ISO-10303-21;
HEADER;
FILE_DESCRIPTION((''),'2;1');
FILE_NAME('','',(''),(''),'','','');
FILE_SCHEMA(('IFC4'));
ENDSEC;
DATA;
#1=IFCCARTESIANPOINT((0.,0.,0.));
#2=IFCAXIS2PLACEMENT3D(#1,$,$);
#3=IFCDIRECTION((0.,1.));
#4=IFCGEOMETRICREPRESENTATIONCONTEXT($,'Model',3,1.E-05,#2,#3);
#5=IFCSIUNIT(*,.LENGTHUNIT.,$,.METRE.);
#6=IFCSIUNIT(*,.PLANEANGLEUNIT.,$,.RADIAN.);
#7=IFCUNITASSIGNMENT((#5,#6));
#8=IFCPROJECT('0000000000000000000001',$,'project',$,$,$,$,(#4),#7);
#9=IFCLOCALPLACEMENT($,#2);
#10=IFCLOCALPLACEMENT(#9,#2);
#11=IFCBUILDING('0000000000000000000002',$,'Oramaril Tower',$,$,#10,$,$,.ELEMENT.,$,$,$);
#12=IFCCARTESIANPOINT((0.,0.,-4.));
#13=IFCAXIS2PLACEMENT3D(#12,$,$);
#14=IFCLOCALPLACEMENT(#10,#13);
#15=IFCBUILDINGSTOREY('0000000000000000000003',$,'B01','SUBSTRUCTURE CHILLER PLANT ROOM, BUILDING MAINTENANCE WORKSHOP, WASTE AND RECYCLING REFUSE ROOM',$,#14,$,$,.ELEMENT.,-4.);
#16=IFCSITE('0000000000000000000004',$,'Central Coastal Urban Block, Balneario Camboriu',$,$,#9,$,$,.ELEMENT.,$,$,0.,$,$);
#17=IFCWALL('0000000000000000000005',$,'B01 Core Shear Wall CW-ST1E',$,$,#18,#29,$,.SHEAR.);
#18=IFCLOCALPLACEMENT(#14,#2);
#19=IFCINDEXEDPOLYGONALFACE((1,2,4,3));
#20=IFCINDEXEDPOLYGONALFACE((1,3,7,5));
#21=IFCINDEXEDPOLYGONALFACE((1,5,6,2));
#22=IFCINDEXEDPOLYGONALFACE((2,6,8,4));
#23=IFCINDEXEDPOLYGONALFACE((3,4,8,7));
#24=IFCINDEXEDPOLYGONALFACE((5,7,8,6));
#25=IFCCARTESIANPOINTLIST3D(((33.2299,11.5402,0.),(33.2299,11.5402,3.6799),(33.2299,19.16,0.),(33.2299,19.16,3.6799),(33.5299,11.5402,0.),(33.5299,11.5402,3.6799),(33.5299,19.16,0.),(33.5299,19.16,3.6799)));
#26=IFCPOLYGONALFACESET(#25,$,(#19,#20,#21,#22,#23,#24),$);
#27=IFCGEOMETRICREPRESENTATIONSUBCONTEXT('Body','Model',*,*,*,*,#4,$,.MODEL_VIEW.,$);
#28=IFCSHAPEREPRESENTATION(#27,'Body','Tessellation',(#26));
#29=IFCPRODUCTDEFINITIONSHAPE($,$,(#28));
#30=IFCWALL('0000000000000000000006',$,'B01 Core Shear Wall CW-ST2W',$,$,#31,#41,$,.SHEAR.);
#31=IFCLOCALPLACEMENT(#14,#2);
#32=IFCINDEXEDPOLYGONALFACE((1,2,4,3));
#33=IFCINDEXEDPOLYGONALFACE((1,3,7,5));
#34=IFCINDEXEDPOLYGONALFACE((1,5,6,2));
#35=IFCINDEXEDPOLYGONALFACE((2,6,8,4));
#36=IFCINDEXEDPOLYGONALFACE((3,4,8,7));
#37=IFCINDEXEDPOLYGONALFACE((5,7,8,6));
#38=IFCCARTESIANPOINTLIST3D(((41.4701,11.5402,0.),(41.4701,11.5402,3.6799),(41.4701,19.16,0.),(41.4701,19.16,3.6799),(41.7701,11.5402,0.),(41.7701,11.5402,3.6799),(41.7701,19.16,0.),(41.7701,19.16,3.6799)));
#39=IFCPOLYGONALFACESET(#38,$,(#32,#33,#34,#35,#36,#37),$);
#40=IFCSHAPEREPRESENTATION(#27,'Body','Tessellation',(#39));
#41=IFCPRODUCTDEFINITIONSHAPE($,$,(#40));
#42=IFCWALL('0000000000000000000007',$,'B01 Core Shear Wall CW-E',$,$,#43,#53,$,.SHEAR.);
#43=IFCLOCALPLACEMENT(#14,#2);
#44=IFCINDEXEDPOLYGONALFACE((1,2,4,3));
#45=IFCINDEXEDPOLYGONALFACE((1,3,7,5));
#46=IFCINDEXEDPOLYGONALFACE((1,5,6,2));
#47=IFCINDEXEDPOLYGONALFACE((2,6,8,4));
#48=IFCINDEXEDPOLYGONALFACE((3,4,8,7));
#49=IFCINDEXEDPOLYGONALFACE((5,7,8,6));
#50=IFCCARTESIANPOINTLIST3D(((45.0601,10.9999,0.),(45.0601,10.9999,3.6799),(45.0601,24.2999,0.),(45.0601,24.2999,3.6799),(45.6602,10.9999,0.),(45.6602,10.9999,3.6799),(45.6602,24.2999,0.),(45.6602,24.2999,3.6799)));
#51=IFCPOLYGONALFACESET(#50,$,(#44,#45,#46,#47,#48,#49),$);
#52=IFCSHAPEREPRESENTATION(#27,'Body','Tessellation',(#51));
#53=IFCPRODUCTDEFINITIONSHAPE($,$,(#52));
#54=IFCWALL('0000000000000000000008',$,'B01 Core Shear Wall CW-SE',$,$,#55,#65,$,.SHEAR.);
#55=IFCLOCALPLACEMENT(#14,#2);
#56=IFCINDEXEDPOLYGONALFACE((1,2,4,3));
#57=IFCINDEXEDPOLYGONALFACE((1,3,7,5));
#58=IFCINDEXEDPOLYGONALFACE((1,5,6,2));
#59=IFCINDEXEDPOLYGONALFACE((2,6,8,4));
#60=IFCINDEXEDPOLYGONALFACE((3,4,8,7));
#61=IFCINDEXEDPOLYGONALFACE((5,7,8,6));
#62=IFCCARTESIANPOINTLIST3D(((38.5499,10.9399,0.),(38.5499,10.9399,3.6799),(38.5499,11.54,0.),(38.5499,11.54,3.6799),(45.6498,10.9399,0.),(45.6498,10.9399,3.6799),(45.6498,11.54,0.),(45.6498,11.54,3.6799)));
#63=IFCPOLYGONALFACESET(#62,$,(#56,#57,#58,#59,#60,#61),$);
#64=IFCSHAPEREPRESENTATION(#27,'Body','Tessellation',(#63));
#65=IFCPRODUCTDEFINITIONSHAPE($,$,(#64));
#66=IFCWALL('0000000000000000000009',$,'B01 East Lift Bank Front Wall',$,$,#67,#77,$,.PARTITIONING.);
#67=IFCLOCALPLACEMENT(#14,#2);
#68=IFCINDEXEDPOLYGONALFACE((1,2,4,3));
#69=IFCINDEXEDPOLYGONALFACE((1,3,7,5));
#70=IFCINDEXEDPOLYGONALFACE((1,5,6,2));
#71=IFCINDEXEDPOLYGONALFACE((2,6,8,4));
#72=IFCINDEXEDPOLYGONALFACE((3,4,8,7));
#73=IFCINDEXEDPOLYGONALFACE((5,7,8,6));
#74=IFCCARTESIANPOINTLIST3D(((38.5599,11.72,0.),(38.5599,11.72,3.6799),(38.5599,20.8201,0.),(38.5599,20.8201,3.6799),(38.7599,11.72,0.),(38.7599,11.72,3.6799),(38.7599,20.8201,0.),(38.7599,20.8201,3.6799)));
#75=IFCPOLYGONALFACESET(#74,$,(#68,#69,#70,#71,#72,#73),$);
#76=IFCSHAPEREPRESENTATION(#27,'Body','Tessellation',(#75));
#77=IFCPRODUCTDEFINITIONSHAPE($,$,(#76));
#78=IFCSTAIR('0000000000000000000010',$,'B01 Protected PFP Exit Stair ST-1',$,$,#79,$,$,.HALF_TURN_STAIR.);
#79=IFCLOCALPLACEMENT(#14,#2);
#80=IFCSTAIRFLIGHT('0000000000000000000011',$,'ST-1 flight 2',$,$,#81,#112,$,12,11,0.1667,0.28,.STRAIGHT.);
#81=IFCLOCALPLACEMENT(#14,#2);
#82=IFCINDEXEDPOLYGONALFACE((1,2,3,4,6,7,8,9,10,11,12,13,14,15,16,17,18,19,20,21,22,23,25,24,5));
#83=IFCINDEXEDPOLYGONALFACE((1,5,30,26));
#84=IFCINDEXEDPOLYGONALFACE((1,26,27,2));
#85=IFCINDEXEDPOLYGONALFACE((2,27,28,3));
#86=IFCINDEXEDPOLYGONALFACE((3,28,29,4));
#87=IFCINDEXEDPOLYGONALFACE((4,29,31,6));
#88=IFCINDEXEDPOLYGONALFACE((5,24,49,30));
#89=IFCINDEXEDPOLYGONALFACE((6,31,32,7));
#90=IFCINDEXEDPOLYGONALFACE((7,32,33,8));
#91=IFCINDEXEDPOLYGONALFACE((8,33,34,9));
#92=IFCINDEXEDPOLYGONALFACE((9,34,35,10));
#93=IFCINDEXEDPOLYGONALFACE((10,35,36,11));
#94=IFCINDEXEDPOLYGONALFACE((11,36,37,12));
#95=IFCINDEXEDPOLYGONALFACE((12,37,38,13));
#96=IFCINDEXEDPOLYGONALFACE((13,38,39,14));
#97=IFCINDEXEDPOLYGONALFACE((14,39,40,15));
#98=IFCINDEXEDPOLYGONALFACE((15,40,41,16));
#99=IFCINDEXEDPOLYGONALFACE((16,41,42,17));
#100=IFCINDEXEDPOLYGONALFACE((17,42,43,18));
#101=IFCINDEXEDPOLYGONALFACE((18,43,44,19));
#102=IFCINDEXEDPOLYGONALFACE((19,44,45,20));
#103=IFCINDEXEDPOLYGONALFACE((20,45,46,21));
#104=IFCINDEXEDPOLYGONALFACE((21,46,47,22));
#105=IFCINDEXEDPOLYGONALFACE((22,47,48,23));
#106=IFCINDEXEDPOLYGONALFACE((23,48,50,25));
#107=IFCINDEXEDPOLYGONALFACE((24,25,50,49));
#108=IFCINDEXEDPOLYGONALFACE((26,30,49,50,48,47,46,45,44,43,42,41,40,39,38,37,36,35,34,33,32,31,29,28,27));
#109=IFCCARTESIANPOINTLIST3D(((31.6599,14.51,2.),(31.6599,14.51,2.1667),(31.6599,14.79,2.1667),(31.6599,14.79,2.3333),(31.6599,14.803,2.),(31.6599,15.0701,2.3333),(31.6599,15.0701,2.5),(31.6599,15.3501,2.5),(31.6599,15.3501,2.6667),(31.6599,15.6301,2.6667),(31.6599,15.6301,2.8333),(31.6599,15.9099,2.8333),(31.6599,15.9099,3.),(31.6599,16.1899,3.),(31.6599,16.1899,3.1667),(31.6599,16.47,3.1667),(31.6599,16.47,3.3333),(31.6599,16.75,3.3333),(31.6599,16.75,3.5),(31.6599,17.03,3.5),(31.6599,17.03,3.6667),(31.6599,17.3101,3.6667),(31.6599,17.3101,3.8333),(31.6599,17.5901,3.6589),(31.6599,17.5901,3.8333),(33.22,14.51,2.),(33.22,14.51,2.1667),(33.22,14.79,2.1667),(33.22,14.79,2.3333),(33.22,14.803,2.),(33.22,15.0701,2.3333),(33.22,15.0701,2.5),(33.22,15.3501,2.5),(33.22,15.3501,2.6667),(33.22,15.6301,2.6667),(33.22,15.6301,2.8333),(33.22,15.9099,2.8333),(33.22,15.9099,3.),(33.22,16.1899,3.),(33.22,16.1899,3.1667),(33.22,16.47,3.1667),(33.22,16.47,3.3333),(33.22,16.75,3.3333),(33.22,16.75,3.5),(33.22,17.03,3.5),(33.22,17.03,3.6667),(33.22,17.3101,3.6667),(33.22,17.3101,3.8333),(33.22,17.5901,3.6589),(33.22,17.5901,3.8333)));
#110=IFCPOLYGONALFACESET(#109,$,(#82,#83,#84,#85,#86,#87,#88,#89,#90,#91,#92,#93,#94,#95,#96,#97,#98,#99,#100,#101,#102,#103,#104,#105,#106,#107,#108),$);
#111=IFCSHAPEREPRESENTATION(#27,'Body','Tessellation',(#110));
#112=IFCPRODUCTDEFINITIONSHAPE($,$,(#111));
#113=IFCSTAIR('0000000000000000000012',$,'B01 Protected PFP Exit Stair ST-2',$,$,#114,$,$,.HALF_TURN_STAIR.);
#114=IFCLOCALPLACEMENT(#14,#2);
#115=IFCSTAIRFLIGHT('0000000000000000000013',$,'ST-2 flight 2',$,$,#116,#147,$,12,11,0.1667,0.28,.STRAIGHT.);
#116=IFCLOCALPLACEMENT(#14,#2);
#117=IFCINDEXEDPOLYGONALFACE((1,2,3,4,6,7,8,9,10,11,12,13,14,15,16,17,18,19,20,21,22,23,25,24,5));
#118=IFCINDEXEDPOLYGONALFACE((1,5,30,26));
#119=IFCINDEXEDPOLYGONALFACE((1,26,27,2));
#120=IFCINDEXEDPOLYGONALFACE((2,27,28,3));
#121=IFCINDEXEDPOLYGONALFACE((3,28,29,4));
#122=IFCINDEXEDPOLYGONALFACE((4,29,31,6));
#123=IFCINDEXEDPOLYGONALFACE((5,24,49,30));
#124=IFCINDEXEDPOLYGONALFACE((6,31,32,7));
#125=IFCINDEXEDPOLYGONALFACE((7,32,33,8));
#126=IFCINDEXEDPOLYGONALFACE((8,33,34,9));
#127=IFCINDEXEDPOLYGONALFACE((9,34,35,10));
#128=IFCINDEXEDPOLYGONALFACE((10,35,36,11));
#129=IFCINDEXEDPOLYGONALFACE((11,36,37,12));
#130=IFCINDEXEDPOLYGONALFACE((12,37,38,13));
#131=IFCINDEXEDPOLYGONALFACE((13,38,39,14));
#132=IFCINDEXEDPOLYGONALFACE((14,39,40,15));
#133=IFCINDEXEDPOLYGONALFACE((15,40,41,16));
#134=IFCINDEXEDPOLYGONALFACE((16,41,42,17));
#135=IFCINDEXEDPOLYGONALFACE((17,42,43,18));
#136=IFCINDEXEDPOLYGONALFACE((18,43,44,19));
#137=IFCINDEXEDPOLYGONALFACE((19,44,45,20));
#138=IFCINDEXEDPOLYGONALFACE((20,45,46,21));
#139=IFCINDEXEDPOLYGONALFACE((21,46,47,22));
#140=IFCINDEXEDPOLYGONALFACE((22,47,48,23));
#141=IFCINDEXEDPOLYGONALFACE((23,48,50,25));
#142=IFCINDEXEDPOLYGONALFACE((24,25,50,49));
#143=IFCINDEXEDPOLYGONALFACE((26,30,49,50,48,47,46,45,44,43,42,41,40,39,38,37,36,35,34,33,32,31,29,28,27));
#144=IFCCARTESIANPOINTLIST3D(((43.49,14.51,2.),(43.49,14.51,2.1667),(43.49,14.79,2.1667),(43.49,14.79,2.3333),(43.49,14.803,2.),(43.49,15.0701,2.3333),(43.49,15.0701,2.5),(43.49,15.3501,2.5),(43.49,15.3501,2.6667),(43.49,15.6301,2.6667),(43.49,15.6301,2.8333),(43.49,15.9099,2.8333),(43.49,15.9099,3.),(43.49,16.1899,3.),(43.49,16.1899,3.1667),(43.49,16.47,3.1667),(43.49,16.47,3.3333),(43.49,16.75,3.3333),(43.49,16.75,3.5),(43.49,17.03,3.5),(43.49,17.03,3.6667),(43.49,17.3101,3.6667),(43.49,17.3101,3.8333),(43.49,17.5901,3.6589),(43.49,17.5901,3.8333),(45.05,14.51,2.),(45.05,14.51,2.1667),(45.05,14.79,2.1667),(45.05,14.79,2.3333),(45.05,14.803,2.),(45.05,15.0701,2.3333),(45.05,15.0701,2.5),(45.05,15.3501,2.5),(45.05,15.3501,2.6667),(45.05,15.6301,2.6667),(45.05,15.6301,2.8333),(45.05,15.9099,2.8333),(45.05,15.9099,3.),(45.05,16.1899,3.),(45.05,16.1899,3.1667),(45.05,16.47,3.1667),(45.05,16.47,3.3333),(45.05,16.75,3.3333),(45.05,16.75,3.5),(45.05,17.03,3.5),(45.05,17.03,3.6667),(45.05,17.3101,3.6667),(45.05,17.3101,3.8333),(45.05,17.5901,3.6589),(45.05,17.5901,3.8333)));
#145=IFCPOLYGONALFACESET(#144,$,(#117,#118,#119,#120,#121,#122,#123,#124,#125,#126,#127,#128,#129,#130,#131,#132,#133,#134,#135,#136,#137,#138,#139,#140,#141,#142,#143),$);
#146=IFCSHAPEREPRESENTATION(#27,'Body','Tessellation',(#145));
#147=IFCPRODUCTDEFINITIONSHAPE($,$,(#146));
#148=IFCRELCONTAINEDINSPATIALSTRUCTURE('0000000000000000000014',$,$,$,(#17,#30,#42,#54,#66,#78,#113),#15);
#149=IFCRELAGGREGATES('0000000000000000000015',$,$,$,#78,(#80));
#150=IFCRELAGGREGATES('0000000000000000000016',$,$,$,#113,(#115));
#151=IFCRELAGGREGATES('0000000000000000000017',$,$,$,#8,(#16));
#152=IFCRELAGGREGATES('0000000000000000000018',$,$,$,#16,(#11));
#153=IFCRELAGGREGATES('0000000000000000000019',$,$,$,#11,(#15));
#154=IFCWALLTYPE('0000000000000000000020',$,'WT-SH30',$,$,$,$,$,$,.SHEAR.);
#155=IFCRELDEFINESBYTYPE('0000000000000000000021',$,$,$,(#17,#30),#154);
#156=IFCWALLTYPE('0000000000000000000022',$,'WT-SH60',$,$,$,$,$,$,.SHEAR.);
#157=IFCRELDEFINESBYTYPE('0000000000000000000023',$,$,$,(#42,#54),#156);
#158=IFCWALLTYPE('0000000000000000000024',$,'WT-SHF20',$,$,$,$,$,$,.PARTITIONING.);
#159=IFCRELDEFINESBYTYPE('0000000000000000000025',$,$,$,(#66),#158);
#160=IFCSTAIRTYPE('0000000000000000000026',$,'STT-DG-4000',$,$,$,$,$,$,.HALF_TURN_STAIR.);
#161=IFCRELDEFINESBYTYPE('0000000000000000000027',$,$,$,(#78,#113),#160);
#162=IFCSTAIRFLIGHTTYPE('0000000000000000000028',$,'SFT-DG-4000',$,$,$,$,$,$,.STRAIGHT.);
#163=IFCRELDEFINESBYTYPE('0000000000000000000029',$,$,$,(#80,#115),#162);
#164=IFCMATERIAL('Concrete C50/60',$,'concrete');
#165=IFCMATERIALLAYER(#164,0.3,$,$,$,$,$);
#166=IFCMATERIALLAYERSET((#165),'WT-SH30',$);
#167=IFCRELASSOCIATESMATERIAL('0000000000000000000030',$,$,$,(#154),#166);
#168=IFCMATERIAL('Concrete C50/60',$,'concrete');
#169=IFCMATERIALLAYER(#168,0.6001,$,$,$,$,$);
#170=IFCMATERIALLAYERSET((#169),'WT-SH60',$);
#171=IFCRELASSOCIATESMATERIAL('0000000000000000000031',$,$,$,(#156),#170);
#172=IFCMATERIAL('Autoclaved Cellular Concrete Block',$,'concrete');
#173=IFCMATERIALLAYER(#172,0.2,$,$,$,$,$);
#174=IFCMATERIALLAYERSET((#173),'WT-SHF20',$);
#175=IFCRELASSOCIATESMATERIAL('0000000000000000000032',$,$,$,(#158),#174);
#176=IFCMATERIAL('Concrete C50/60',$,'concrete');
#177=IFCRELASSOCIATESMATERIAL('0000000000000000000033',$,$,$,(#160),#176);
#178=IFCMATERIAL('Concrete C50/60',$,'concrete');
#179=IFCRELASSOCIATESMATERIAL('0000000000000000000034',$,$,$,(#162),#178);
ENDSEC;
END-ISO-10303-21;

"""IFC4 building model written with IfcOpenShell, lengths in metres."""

from ifc_helpers import new_model, si_unit, direction, frame, frame_2d, origin, place, context, subcontext, project, spatial, polyline, rectangle, outline, extrude, material, layer, layer_set, type_object, element, aggregate, save


model = new_model("IFC4")

# Units and contexts
model_context = context("Model", 3, precision=1e-05, world=origin(), true_north=direction((0.0, 1.0)))
body_context = subcontext(model_context, "Body", "Model", "MODEL_VIEW")
ifc_project = project(units=[si_unit("LENGTHUNIT", "METRE"), si_unit("PLANEANGLEUNIT", "RADIAN")], contexts=[model_context])

# Site, building, storey
site_placement = place(None, origin())
site = spatial("IfcSite", under=ifc_project, at=site_placement, Name="Central Coastal Urban Block, Balneario Camboriu", CompositionType="ELEMENT", RefElevation=0.0)
building_placement = place(site_placement, origin())
building = spatial("IfcBuilding", under=site, at=building_placement, Name="Oramaril Tower", CompositionType="ELEMENT")
storey_placement = place(building_placement, frame((0.0, 0.0, -4.0)))
storey = spatial("IfcBuildingStorey", under=building, at=storey_placement, Name="B01", Description="SUBSTRUCTURE CHILLER PLANT ROOM, BUILDING MAINTENANCE WORKSHOP, WASTE AND RECYCLING REFUSE ROOM", CompositionType="ELEMENT", Elevation=-4.0)

# Walls
ifc_material_1 = material(Name="Concrete C50/60", Category="concrete")
ifc_layer_1 = layer(ifc_material_1, 0.3)
ifc_layer_set_1 = layer_set([ifc_layer_1], Name="WT-SH30")
wall_type_1 = type_object("IfcWallType", Name="WT-SH30", PredefinedType="SHEAR", material=ifc_layer_set_1)
for number, where, z_axis, x_axis, name in (
    (1, (33.3799, 11.54, 0.0), (0.0, 0.0, 1.0), (0.0, 1.0, 0.0), "B01 Core Shear Wall CW-ST1E"),
    (2, (41.6201, 11.54, 0.0), (0.0, 0.0, 1.0), (0.0, 1.0, 0.0), "B01 Core Shear Wall CW-ST2W"),
):
    element("IfcWall", number, at=place(storey_placement, frame(where, z_axis=z_axis, x_axis=x_axis)), inside=storey, type_object=wall_type_1, Name=name, PredefinedType="SHEAR", context=body_context, shape_type="SweptSolid", body=[
        extrude(rectangle(XDim=7.6199, YDim=0.3, at=frame_2d((3.8101, 0.0))), origin(), (0.0, 0.0, 1.0), 3.6799),
    ])
ifc_material_2 = material(Name="Concrete C50/60", Category="concrete")
ifc_layer_2 = layer(ifc_material_2, 0.6001)
ifc_layer_set_2 = layer_set([ifc_layer_2], Name="WT-SH60")
wall_type_2 = type_object("IfcWallType", Name="WT-SH60", PredefinedType="SHEAR", material=ifc_layer_set_2)
wall_1_placement = place(storey_placement, frame((45.3601, 11.0, 0.0), z_axis=(0.0, 0.0, 1.0), x_axis=(0.0, 1.0, 0.0)))
element("IfcWall", 3, at=wall_1_placement, inside=storey, type_object=wall_type_2, Name="B01 Core Shear Wall CW-E", PredefinedType="SHEAR", context=body_context, shape_type="SweptSolid", body=[
    extrude(rectangle(XDim=13.3, YDim=0.6001, at=frame_2d((6.6499, 0.0))), origin(), (0.0, 0.0, 1.0), 3.6799),
])
wall_2_placement = place(storey_placement, frame((38.55, 11.24, 0.0), z_axis=(0.0, 0.0, 1.0), x_axis=(1.0, 0.0, 0.0)))
element("IfcWall", 4, at=wall_2_placement, inside=storey, type_object=wall_type_2, Name="B01 Core Shear Wall CW-SE", PredefinedType="SHEAR", context=body_context, shape_type="SweptSolid", body=[
    extrude(rectangle(XDim=7.0999, YDim=0.6001, at=frame_2d((3.5498, 0.0))), origin(), (0.0, 0.0, 1.0), 3.6799),
])

# Shared definitions
ifc_material_3 = material(Name="Autoclaved Cellular Concrete Block", Category="concrete")
ifc_layer_3 = layer(ifc_material_3, 0.2)
ifc_layer_set_3 = layer_set([ifc_layer_3], Name="WT-SHF20")
wall_type_3 = type_object("IfcWallType", Name="WT-SHF20", PredefinedType="PARTITIONING", material=ifc_layer_set_3)

# Wall
wall_3_placement = place(storey_placement, frame((38.6599, 11.72, 0.0), z_axis=(0.0, 0.0, 1.0), x_axis=(0.0, 1.0, 0.0)))
element("IfcWall", 5, at=wall_3_placement, inside=storey, type_object=wall_type_3, Name="B01 East Lift Bank Front Wall", PredefinedType="PARTITIONING", context=body_context, shape_type="SweptSolid", body=[
    extrude(rectangle(XDim=9.1001, YDim=0.2, at=frame_2d((4.55, 0.0))), origin(), (0.0, 0.0, 1.0), 3.6799),
])

# Stairs, stair flights
ifc_material_4 = material(Name="Concrete C50/60", Category="concrete")
stair_type = type_object("IfcStairType", Name="STT-DG-4000", PredefinedType="HALF_TURN_STAIR", material=ifc_material_4)
stair_1_placement = place(storey_placement, origin())
stair_1 = element("IfcStair", 6, at=stair_1_placement, inside=storey, type_object=stair_type, Name="B01 Protected PFP Exit Stair ST-1", PredefinedType="HALF_TURN_STAIR")
ifc_material_5 = material(Name="Concrete C50/60", Category="concrete")
stair_flight_type = type_object("IfcStairFlightType", Name="SFT-DG-4000", PredefinedType="STRAIGHT", material=ifc_material_5)
stair_flight_1_placement = place(storey_placement, frame((32.4399, 14.51, 2.0), z_axis=(0.0, 0.0, 1.0), x_axis=(0.0, 1.0, 0.0)))
stair_flight_1 = element("IfcStairFlight", 7, at=stair_flight_1_placement, type_object=stair_flight_type, Name="ST-1 flight 2", NumberOfRisers=12, NumberOfTreads=11, PredefinedType="STRAIGHT", RiserHeight=0.1667, TreadLength=0.28, context=body_context, shape_type="SweptSolid", body=[
    extrude(outline(polyline([(0.0, 0.0), (0.0, 0.1667), (0.28, 0.1667), (0.28, 0.3333), (0.5601, 0.3333), (0.5601, 0.5), (0.8401, 0.5), (0.8401, 0.6667), (1.1201, 0.6667), (1.1201, 0.8333), (1.3999, 0.8333), (1.3999, 1.0), (1.6799, 1.0), (1.6799, 1.1667), (1.96, 1.1667), (1.96, 1.3333), (2.24, 1.3333), (2.24, 1.5), (2.52, 1.5), (2.52, 1.6667), (2.8, 1.6667), (2.8, 1.8333), (3.0801, 1.8333), (3.0801, 2.0), (3.0801, 1.6589), (0.293, 0.0), (0.0, 0.0)])), frame((0.0, 0.78, 0.0), z_axis=(0.0, -1.0, 0.0), x_axis=(1.0, 0.0, 0.0)), (0.0, 0.0, 1.0), 1.5601),
])
aggregate(stair_1, [stair_flight_1])
stair_2_placement = place(storey_placement, origin())
stair_2 = element("IfcStair", 8, at=stair_2_placement, inside=storey, type_object=stair_type, Name="B01 Protected PFP Exit Stair ST-2", PredefinedType="HALF_TURN_STAIR")
stair_flight_2_placement = place(storey_placement, frame((44.27, 14.51, 2.0), z_axis=(0.0, 0.0, 1.0), x_axis=(0.0, 1.0, 0.0)))
stair_flight_2 = element("IfcStairFlight", 9, at=stair_flight_2_placement, type_object=stair_flight_type, Name="ST-2 flight 2", NumberOfRisers=12, NumberOfTreads=11, PredefinedType="STRAIGHT", RiserHeight=0.1667, TreadLength=0.28, context=body_context, shape_type="SweptSolid", body=[
    extrude(outline(polyline([(0.0, 0.0), (0.0, 0.1667), (0.28, 0.1667), (0.28, 0.3333), (0.5601, 0.3333), (0.5601, 0.5), (0.8401, 0.5), (0.8401, 0.6667), (1.1201, 0.6667), (1.1201, 0.8333), (1.3999, 0.8333), (1.3999, 1.0), (1.6799, 1.0), (1.6799, 1.1667), (1.96, 1.1667), (1.96, 1.3333), (2.24, 1.3333), (2.24, 1.5), (2.52, 1.5), (2.52, 1.6667), (2.8, 1.6667), (2.8, 1.8333), (3.0801, 1.8333), (3.0801, 2.0), (3.0801, 1.6589), (0.293, 0.0), (0.0, 0.0)])), frame((0.0, 0.78, 0.0), z_axis=(0.0, -1.0, 0.0), x_axis=(1.0, 0.0, 0.0)), (0.0, 0.0, 1.0), 1.5601),
])
aggregate(stair_2, [stair_flight_2])

save(model, "model.ifc")
